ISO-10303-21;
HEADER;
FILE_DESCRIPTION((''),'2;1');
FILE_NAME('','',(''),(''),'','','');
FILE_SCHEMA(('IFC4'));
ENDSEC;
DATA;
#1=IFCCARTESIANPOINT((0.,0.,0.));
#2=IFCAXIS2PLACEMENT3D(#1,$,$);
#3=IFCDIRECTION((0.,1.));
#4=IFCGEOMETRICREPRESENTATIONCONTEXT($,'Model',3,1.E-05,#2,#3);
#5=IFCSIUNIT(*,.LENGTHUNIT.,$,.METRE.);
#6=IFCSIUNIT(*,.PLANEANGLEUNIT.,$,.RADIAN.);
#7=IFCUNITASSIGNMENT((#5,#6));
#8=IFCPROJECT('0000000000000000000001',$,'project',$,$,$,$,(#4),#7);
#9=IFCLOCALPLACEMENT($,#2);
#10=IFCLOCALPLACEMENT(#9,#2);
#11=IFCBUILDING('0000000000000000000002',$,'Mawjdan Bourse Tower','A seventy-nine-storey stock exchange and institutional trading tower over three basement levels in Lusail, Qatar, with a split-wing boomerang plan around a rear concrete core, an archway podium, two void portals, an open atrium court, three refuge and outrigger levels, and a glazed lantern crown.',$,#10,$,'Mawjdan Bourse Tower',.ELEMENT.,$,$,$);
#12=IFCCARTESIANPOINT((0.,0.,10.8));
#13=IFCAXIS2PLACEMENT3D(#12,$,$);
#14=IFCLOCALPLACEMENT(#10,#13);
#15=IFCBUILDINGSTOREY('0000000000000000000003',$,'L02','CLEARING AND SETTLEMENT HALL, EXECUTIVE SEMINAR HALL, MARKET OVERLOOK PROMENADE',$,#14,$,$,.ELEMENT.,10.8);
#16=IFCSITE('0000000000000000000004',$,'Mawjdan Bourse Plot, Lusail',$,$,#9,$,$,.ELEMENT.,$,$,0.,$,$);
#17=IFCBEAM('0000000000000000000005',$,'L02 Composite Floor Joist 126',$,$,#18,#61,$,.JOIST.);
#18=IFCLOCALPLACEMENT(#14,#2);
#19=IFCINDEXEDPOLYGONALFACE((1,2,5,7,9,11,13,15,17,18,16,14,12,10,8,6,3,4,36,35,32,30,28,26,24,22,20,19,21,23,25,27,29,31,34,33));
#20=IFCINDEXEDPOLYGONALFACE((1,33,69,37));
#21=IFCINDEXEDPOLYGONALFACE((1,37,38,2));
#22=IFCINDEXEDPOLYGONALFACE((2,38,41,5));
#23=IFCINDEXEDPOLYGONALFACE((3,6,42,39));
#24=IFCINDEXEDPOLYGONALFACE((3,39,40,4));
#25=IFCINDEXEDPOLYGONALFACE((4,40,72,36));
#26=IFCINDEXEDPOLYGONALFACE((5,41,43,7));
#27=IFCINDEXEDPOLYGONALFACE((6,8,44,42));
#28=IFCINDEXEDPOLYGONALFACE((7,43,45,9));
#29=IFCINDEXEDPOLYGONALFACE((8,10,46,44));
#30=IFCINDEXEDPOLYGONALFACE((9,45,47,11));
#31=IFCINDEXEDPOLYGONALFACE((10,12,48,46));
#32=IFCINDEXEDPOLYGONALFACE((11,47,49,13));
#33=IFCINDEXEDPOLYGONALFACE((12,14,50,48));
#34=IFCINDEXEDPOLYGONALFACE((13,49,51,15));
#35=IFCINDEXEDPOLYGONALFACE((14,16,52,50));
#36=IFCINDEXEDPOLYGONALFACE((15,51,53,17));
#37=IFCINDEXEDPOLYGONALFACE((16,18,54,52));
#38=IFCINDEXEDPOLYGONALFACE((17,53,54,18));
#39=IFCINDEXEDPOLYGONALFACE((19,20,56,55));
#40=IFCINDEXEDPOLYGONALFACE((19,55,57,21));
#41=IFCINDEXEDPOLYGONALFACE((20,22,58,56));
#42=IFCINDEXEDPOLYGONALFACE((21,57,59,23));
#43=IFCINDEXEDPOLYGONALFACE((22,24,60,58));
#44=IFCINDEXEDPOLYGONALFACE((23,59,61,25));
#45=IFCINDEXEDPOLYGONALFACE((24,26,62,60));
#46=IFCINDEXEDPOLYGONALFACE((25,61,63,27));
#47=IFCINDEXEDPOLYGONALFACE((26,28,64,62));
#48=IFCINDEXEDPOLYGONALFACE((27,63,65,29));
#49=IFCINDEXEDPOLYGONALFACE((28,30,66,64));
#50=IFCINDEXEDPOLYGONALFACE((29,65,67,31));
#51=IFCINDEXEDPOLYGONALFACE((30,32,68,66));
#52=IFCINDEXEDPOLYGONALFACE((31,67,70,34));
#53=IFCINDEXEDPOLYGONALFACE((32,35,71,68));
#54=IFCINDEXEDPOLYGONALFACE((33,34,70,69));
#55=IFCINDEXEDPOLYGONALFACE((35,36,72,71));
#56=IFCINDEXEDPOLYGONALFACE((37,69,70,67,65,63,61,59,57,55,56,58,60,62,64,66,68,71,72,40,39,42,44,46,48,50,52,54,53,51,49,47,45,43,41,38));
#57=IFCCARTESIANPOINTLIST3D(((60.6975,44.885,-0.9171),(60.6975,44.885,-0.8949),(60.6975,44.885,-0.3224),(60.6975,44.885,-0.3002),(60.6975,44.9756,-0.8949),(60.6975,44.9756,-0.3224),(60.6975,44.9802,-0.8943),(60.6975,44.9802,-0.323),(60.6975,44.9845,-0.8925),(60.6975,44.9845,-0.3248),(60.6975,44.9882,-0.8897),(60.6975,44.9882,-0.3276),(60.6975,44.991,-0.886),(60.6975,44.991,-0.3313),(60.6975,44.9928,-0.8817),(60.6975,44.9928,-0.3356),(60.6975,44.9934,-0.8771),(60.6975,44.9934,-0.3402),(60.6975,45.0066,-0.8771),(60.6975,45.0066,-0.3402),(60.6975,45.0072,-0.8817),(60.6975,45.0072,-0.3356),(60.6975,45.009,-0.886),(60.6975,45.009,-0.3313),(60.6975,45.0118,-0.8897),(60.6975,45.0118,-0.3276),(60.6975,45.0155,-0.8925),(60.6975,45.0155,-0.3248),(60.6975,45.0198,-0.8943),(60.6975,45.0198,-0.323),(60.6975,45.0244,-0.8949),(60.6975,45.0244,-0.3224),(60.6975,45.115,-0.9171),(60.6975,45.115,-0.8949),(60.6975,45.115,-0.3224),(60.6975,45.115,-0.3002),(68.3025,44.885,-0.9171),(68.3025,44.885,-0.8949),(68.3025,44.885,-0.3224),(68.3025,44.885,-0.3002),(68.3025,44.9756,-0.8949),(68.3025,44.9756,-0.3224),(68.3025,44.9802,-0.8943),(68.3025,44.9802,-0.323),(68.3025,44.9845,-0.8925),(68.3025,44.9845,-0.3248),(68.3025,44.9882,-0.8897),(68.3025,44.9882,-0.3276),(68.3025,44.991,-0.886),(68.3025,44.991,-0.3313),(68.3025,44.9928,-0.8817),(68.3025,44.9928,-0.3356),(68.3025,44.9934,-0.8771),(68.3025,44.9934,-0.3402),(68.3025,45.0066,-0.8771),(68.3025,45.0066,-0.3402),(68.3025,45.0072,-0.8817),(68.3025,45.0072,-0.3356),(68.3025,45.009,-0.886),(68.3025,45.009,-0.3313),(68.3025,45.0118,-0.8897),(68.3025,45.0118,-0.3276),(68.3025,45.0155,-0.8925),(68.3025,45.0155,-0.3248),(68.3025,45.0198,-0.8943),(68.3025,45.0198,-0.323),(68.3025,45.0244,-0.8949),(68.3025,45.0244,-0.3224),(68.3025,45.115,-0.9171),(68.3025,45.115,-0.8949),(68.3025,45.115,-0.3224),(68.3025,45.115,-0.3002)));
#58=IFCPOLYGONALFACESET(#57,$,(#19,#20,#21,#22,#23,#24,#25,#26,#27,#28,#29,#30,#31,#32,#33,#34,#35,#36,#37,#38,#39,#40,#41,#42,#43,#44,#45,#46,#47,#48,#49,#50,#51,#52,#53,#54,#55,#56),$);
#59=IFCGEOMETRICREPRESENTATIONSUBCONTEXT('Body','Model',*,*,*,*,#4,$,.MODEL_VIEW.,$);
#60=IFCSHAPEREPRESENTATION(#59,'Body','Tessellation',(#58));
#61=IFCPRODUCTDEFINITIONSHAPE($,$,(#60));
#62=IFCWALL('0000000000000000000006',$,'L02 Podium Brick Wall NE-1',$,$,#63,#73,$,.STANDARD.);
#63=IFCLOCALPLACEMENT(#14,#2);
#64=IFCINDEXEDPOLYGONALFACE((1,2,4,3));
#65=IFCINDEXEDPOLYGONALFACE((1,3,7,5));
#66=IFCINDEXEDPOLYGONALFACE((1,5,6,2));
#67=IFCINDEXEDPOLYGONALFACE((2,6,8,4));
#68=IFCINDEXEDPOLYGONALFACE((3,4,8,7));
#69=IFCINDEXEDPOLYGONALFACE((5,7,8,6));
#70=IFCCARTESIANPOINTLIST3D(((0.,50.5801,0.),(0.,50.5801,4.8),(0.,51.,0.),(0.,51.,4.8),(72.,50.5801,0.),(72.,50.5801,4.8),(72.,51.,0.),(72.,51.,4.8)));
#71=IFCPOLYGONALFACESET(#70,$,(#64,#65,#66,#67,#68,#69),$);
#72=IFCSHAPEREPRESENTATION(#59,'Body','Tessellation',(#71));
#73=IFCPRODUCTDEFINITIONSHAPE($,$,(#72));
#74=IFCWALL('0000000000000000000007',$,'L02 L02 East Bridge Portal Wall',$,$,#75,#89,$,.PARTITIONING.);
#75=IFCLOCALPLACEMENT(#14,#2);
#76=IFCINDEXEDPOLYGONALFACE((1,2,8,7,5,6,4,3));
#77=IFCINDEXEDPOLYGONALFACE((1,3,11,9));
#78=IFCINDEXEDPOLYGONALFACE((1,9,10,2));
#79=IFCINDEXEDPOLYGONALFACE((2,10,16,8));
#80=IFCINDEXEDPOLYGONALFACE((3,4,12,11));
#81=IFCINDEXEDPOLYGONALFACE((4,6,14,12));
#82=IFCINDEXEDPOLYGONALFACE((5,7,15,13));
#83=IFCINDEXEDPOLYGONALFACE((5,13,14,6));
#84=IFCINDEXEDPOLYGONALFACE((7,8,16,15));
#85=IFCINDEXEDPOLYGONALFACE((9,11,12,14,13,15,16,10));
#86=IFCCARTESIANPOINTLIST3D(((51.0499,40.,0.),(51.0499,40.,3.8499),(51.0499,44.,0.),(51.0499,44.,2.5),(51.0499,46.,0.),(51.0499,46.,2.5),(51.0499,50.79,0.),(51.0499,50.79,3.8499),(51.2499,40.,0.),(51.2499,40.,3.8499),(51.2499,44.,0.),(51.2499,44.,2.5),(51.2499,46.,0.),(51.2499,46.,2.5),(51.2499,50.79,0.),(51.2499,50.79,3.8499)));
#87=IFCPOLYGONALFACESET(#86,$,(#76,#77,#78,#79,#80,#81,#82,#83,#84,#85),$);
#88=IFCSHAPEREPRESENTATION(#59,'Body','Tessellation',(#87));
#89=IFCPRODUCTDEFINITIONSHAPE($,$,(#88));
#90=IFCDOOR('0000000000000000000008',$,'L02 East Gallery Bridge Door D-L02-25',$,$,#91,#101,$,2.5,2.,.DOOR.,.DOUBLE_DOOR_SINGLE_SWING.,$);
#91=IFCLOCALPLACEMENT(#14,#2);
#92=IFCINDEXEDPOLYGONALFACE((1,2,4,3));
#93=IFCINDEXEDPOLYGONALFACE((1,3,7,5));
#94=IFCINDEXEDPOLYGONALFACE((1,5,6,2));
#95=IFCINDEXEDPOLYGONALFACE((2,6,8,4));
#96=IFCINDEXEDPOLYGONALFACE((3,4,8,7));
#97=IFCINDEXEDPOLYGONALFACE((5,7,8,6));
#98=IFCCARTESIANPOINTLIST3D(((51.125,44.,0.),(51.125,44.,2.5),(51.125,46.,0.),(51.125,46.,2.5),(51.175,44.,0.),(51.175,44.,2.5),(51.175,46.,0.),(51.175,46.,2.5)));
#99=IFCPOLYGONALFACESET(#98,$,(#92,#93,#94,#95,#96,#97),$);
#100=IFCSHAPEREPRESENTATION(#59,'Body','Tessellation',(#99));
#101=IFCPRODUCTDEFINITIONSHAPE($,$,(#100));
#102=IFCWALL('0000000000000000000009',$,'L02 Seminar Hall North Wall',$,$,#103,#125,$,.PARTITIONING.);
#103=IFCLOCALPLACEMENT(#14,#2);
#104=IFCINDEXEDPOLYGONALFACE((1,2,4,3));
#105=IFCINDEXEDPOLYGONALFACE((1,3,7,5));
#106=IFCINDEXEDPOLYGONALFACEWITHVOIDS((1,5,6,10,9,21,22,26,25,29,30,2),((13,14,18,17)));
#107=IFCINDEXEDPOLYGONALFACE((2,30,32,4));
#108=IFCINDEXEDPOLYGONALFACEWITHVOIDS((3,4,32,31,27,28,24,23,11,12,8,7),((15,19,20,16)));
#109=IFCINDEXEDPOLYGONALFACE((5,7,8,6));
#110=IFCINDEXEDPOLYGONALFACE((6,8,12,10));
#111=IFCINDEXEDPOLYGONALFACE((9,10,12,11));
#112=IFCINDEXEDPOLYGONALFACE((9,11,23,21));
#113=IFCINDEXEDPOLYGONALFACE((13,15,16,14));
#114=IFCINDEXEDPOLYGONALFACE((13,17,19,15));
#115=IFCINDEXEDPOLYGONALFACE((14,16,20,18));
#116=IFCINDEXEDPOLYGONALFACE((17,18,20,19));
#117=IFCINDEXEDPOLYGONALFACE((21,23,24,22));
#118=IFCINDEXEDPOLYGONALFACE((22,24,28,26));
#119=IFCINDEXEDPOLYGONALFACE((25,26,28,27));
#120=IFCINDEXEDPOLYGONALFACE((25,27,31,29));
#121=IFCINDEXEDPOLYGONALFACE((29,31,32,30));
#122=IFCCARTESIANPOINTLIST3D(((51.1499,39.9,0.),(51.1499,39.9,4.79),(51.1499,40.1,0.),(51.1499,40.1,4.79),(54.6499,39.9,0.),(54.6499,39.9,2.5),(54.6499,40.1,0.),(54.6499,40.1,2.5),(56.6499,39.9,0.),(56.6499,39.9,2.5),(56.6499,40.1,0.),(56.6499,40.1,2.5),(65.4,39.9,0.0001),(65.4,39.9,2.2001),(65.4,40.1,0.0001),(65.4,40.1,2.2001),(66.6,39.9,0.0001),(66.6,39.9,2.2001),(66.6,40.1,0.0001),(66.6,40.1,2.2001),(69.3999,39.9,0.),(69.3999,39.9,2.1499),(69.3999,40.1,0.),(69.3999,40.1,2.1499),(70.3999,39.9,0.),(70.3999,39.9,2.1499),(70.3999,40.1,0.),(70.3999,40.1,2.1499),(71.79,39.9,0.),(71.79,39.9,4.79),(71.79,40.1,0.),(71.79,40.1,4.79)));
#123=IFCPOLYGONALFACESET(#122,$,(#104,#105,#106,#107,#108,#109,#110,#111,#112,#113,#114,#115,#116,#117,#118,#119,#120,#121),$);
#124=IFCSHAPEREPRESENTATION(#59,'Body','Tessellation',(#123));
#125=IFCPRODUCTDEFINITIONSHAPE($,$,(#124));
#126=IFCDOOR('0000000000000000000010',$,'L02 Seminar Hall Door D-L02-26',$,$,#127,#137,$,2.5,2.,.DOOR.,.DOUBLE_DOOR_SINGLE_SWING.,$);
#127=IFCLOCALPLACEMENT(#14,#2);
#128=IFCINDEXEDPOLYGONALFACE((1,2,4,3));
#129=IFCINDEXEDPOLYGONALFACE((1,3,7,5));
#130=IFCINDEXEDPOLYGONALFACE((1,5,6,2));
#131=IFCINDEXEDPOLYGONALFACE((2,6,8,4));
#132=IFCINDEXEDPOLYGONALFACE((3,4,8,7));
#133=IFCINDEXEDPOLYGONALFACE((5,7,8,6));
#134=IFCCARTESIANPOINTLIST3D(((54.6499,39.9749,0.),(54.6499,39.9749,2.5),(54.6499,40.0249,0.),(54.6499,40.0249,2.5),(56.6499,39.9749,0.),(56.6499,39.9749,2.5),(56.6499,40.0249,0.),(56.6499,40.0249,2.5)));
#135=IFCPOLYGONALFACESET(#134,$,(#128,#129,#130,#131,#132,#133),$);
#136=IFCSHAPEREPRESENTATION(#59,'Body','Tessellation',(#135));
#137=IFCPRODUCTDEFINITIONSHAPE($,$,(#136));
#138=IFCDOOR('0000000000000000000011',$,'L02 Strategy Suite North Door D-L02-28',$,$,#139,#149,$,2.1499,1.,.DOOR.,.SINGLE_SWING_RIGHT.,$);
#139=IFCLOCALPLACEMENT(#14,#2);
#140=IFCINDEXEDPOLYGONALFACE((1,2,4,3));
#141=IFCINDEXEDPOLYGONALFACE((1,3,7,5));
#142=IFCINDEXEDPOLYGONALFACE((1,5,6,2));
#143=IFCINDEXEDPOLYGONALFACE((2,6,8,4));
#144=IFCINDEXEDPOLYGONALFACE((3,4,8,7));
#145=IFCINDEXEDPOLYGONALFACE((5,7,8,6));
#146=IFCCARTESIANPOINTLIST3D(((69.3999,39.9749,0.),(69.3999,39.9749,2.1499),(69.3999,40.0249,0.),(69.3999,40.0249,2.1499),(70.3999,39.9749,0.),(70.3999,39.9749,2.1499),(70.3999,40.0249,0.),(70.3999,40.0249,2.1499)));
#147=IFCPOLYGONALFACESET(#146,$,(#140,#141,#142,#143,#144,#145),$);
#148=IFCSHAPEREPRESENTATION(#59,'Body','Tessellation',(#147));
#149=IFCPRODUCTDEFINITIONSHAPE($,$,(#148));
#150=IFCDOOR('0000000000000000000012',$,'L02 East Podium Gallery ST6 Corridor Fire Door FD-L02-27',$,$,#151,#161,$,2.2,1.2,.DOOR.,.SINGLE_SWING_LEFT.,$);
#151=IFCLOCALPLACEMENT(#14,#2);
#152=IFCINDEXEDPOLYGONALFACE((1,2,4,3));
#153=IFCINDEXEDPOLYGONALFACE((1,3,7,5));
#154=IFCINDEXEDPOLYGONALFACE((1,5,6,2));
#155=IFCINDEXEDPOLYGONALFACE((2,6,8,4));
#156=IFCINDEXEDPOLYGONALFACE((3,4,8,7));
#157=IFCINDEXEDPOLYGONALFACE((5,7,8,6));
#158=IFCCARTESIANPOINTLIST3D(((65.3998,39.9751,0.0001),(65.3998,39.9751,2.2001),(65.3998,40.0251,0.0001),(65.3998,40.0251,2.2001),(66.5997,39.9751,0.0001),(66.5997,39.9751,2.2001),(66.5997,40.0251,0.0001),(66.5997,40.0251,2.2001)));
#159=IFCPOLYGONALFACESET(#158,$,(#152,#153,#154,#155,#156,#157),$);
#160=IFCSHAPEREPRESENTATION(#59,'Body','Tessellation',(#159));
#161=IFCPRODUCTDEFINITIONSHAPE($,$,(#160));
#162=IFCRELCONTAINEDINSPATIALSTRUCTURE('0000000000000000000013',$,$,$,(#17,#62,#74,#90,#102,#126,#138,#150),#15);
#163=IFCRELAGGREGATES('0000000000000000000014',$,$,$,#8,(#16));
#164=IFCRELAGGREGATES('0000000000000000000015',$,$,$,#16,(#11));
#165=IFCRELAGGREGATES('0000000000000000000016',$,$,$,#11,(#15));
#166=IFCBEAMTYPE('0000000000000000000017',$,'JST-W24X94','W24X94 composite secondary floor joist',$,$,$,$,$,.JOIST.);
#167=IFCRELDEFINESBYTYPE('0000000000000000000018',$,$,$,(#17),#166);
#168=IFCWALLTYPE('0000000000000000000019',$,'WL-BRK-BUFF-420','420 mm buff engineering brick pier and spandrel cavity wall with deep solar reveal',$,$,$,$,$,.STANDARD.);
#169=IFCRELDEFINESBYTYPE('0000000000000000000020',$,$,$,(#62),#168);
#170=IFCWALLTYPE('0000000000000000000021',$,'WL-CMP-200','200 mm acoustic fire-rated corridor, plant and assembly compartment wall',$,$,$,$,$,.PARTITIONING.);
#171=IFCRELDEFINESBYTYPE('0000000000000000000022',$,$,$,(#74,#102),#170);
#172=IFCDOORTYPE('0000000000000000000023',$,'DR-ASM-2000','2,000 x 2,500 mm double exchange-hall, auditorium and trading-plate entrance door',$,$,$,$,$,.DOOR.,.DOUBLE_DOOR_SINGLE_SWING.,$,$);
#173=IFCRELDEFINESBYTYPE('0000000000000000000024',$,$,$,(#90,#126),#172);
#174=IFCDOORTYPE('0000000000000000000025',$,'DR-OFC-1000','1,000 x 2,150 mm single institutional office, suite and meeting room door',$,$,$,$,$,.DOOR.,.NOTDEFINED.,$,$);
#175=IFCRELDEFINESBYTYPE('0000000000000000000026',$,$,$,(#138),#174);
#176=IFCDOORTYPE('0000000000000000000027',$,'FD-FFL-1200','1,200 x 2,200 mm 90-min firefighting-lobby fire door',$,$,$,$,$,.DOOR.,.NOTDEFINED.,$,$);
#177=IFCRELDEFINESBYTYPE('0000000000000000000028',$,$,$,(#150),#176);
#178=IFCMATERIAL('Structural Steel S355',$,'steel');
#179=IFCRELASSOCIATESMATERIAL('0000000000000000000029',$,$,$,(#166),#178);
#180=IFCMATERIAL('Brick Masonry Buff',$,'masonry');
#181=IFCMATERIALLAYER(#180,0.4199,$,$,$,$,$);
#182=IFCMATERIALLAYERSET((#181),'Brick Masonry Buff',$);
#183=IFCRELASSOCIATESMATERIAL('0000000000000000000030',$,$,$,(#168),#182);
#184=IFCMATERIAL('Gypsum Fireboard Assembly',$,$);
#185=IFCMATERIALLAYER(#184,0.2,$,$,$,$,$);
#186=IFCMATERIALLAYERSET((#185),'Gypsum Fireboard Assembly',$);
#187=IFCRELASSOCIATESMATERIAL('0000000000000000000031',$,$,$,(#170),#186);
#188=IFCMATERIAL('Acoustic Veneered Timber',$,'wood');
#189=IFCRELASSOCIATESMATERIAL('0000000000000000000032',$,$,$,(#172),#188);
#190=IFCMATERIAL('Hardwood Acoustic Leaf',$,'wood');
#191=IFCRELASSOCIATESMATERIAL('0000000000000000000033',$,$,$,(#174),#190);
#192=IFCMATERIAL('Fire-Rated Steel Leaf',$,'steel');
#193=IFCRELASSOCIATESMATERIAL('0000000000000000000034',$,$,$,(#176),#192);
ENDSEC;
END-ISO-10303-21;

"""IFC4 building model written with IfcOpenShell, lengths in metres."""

from ifc_helpers import new_model, si_unit, direction, frame, frame_2d, origin, origin_2d, place, context, subcontext, project, spatial, rectangle, i_section, extrude, material, layer, layer_set, material_profile, profile_set, type_object, element, fill, save


model = new_model("IFC4")

# Units and contexts
model_context = context("Model", 3, precision=1e-05, world=origin(), true_north=direction((0.0, 1.0)))
body_context = subcontext(model_context, "Body", "Model", "MODEL_VIEW")
ifc_project = project(units=[si_unit("LENGTHUNIT", "METRE"), si_unit("PLANEANGLEUNIT", "RADIAN")], contexts=[model_context])

# Site, building, storey
site_placement = place(None, origin())
site = spatial("IfcSite", under=ifc_project, at=site_placement, Name="Mawjdan Bourse Plot, Lusail", CompositionType="ELEMENT", RefElevation=0.0)
building_placement = place(site_placement, origin())
building = spatial("IfcBuilding", under=site, at=building_placement, Name="Mawjdan Bourse Tower", Description="A seventy-nine-storey stock exchange and institutional trading tower over three basement levels in Lusail, Qatar, with a split-wing boomerang plan around a rear concrete core, an archway podium, two void portals, an open atrium court, three refuge and outrigger levels, and a glazed lantern crown.", LongName="Mawjdan Bourse Tower", CompositionType="ELEMENT")
storey_placement = place(building_placement, frame((0.0, 0.0, 10.8)))
storey = spatial("IfcBuildingStorey", under=building, at=storey_placement, Name="L02", Description="CLEARING AND SETTLEMENT HALL, EXECUTIVE SEMINAR HALL, MARKET OVERLOOK PROMENADE", CompositionType="ELEMENT", Elevation=10.8)

# Beam
ifc_material_1 = material(Name="Structural Steel S355", Category="steel")
ifc_material_profile_1 = material_profile(ifc_material_1, i_section(OverallWidth=0.23, OverallDepth=0.6169, WebThickness=0.0132, FlangeThickness=0.0222, FilletRadius=0.0178, at=origin_2d()), Name="W24X94")
ifc_profile_set_1 = profile_set([ifc_material_profile_1], Name="Structural Steel S355")
beam_type_1 = type_object("IfcBeamType", Name="JST-W24X94", Description="W24X94 composite secondary floor joist", PredefinedType="JOIST", material=ifc_profile_set_1)
beam_1_placement = place(storey_placement, frame((60.6975, 45.0, -0.6086), z_axis=(1.0, 0.0, 0.0), x_axis=(0.0, 1.0, 0.0)))
element("IfcBeam", 1, at=beam_1_placement, inside=storey, type_object=beam_type_1, Name="L02 Composite Floor Joist 126", PredefinedType="JOIST", context=body_context, shape_type="SweptSolid", body=[
    extrude(i_section(OverallWidth=0.23, OverallDepth=0.6169, WebThickness=0.0132, FlangeThickness=0.0222, FilletRadius=0.0178, at=origin_2d()), origin(), (0.0, 0.0, 1.0), 7.605),
])

# Wall
ifc_material_2 = material(Name="Brick Masonry Buff", Category="masonry")
ifc_layer_1 = layer(ifc_material_2, 0.4199)
ifc_layer_set_1 = layer_set([ifc_layer_1], Name="Brick Masonry Buff")
wall_type_1 = type_object("IfcWallType", Name="WL-BRK-BUFF-420", Description="420 mm buff engineering brick pier and spandrel cavity wall with deep solar reveal", PredefinedType="STANDARD", material=ifc_layer_set_1)
wall_1_placement = place(storey_placement, frame((72.0, 50.79, 0.0), z_axis=(0.0, 0.0, 1.0), x_axis=(-1.0, 0.0, 0.0)))
element("IfcWall", 2, at=wall_1_placement, inside=storey, type_object=wall_type_1, Name="L02 Podium Brick Wall NE-1", PredefinedType="STANDARD", context=body_context, shape_type="SweptSolid", body=[
    extrude(rectangle(XDim=72.0, YDim=0.4199, at=frame_2d((36.0, 0.0))), origin(), (0.0, 0.0, 1.0), 4.8),
])

# Wall, opening, door
ifc_material_3 = material(Name="Gypsum Fireboard Assembly")
ifc_layer_2 = layer(ifc_material_3, 0.2)
ifc_layer_set_2 = layer_set([ifc_layer_2], Name="Gypsum Fireboard Assembly")
wall_type_2 = type_object("IfcWallType", Name="WL-CMP-200", Description="200 mm acoustic fire-rated corridor, plant and assembly compartment wall", PredefinedType="PARTITIONING", material=ifc_layer_set_2)
wall_2_placement = place(storey_placement, frame((51.1499, 40.0, 0.0), z_axis=(0.0, 0.0, 1.0), x_axis=(0.0, 1.0, 0.0)))
wall_2 = element("IfcWall", 3, at=wall_2_placement, inside=storey, type_object=wall_type_2, Name="L02 L02 East Bridge Portal Wall", PredefinedType="PARTITIONING", context=body_context, shape_type="SweptSolid", body=[
    extrude(rectangle(XDim=10.79, YDim=0.2, at=frame_2d((5.395, 0.0))), origin(), (0.0, 0.0, 1.0), 3.8499),
])
opening_1_placement = place(wall_2_placement, frame((4.0, 0.0, 0.0)))
opening_1 = element("IfcOpeningElement", 4, at=opening_1_placement, cuts=wall_2, PredefinedType="OPENING", context=body_context, shape_type="SweptSolid", body=[
    extrude(rectangle(XDim=2.0, YDim=2.5, at=frame_2d((1.0, 1.25))), frame((0.0, 0.1099, 0.0), z_axis=(0.0, -1.0, 0.0), x_axis=(1.0, 0.0, 0.0)), (0.0, 0.0, 1.0), 0.22),
])
ifc_material_4 = material(Name="Acoustic Veneered Timber", Category="wood")
door_type_1 = type_object("IfcDoorType", Name="DR-ASM-2000", Description="2,000 x 2,500 mm double exchange-hall, auditorium and trading-plate entrance door", OperationType="DOUBLE_DOOR_SINGLE_SWING", PredefinedType="DOOR", material=ifc_material_4)
door_1_placement = place(opening_1_placement, origin())
door_1 = element("IfcDoor", 5, at=door_1_placement, inside=storey, type_object=door_type_1, Name="L02 East Gallery Bridge Door D-L02-25", OperationType="DOUBLE_DOOR_SINGLE_SWING", OverallHeight=2.5, OverallWidth=2.0, PredefinedType="DOOR", context=body_context, shape_type="SweptSolid", body=[
    extrude(rectangle(XDim=2.0, YDim=2.5, at=frame_2d((1.0, 1.25))), frame((0.0, 0.0249, 0.0), z_axis=(0.0, -1.0, 0.0), x_axis=(1.0, 0.0, 0.0)), (0.0, 0.0, 1.0), 0.05),
])
fill(opening_1, door_1)

# Wall, openings, doors
wall_3_placement = place(storey_placement, frame((51.1499, 40.0, 0.0), z_axis=(0.0, 0.0, 1.0), x_axis=(1.0, 0.0, 0.0)))
wall_3 = element("IfcWall", 6, at=wall_3_placement, inside=storey, type_object=wall_type_2, Name="L02 Seminar Hall North Wall", PredefinedType="PARTITIONING", context=body_context, shape_type="SweptSolid", body=[
    extrude(rectangle(XDim=20.6401, YDim=0.2, at=frame_2d((10.3201, 0.0))), origin(), (0.0, 0.0, 1.0), 4.79),
])
opening_2_placement = place(wall_3_placement, frame((3.5, 0.0, 0.0)))
opening_2 = element("IfcOpeningElement", 7, at=opening_2_placement, cuts=wall_3, PredefinedType="OPENING", context=body_context, shape_type="SweptSolid", body=[
    extrude(rectangle(XDim=2.0, YDim=2.5, at=frame_2d((1.0, 1.25))), frame((0.0, 0.1099, 0.0), z_axis=(0.0, -1.0, 0.0), x_axis=(1.0, 0.0, 0.0)), (0.0, 0.0, 1.0), 0.22),
])
opening_3_placement = place(wall_3_placement, frame((14.25, 0.0, 0.0)))
opening_3 = element("IfcOpeningElement", 8, at=opening_3_placement, cuts=wall_3, PredefinedType="OPENING", context=body_context, shape_type="SweptSolid", body=[
    extrude(rectangle(XDim=1.2, YDim=2.2, at=frame_2d((0.6001, 1.1001))), frame((0.0, 0.1099, 0.0), z_axis=(0.0, -1.0, 0.0), x_axis=(1.0, 0.0, 0.0)), (0.0, 0.0, 1.0), 0.22),
])
opening_4_placement = place(wall_3_placement, frame((18.25, 0.0, 0.0)))
opening_4 = element("IfcOpeningElement", 9, at=opening_4_placement, cuts=wall_3, PredefinedType="OPENING", context=body_context, shape_type="SweptSolid", body=[
    extrude(rectangle(XDim=1.0, YDim=2.1499, at=frame_2d((0.5, 1.075))), frame((0.0, 0.1099, 0.0), z_axis=(0.0, -1.0, 0.0), x_axis=(1.0, 0.0, 0.0)), (0.0, 0.0, 1.0), 0.22),
])
door_2_placement = place(opening_2_placement, origin())
door_2 = element("IfcDoor", 10, at=door_2_placement, inside=storey, type_object=door_type_1, Name="L02 Seminar Hall Door D-L02-26", OperationType="DOUBLE_DOOR_SINGLE_SWING", OverallHeight=2.5, OverallWidth=2.0, PredefinedType="DOOR", context=body_context, shape_type="SweptSolid", body=[
    extrude(rectangle(XDim=2.0, YDim=2.5, at=frame_2d((1.0, 1.25))), frame((0.0, 0.0249, 0.0), z_axis=(0.0, -1.0, 0.0), x_axis=(1.0, 0.0, 0.0)), (0.0, 0.0, 1.0), 0.05),
])
fill(opening_2, door_2)
ifc_material_5 = material(Name="Hardwood Acoustic Leaf", Category="wood")
door_type_2 = type_object("IfcDoorType", Name="DR-OFC-1000", Description="1,000 x 2,150 mm single institutional office, suite and meeting room door", OperationType="NOTDEFINED", PredefinedType="DOOR", material=ifc_material_5)
door_3_placement = place(opening_4_placement, origin())
door_3 = element("IfcDoor", 11, at=door_3_placement, inside=storey, type_object=door_type_2, Name="L02 Strategy Suite North Door D-L02-28", OperationType="SINGLE_SWING_RIGHT", OverallHeight=2.1499, OverallWidth=1.0, PredefinedType="DOOR", context=body_context, shape_type="SweptSolid", body=[
    extrude(rectangle(XDim=1.0, YDim=2.1499, at=frame_2d((0.5, 1.075))), frame((0.0, 0.0249, 0.0), z_axis=(0.0, -1.0, 0.0), x_axis=(1.0, 0.0, 0.0)), (0.0, 0.0, 1.0), 0.05),
])
fill(opening_4, door_3)
ifc_material_6 = material(Name="Fire-Rated Steel Leaf", Category="steel")
door_type_3 = type_object("IfcDoorType", Name="FD-FFL-1200", Description="1,200 x 2,200 mm 90-min firefighting-lobby fire door", OperationType="NOTDEFINED", PredefinedType="DOOR", material=ifc_material_6)
door_4_placement = place(opening_3_placement, frame((1.2, 0.0, 0.0), z_axis=(0.0, 0.0, 1.0), x_axis=(-1.0, 0.0, 0.0)))
door_4 = element("IfcDoor", 12, at=door_4_placement, inside=storey, type_object=door_type_3, Name="L02 East Podium Gallery ST6 Corridor Fire Door FD-L02-27", OperationType="SINGLE_SWING_LEFT", OverallHeight=2.2, OverallWidth=1.2, PredefinedType="DOOR", context=body_context, shape_type="SweptSolid", body=[
    extrude(rectangle(XDim=1.2, YDim=2.2, at=frame_2d((0.6001, 1.1001))), frame((0.0, 0.0249, 0.0), z_axis=(0.0, -1.0, 0.0), x_axis=(1.0, 0.0, 0.0)), (0.0, 0.0, 1.0), 0.05),
])
fill(opening_3, door_4)

save(model, "model.ifc")
